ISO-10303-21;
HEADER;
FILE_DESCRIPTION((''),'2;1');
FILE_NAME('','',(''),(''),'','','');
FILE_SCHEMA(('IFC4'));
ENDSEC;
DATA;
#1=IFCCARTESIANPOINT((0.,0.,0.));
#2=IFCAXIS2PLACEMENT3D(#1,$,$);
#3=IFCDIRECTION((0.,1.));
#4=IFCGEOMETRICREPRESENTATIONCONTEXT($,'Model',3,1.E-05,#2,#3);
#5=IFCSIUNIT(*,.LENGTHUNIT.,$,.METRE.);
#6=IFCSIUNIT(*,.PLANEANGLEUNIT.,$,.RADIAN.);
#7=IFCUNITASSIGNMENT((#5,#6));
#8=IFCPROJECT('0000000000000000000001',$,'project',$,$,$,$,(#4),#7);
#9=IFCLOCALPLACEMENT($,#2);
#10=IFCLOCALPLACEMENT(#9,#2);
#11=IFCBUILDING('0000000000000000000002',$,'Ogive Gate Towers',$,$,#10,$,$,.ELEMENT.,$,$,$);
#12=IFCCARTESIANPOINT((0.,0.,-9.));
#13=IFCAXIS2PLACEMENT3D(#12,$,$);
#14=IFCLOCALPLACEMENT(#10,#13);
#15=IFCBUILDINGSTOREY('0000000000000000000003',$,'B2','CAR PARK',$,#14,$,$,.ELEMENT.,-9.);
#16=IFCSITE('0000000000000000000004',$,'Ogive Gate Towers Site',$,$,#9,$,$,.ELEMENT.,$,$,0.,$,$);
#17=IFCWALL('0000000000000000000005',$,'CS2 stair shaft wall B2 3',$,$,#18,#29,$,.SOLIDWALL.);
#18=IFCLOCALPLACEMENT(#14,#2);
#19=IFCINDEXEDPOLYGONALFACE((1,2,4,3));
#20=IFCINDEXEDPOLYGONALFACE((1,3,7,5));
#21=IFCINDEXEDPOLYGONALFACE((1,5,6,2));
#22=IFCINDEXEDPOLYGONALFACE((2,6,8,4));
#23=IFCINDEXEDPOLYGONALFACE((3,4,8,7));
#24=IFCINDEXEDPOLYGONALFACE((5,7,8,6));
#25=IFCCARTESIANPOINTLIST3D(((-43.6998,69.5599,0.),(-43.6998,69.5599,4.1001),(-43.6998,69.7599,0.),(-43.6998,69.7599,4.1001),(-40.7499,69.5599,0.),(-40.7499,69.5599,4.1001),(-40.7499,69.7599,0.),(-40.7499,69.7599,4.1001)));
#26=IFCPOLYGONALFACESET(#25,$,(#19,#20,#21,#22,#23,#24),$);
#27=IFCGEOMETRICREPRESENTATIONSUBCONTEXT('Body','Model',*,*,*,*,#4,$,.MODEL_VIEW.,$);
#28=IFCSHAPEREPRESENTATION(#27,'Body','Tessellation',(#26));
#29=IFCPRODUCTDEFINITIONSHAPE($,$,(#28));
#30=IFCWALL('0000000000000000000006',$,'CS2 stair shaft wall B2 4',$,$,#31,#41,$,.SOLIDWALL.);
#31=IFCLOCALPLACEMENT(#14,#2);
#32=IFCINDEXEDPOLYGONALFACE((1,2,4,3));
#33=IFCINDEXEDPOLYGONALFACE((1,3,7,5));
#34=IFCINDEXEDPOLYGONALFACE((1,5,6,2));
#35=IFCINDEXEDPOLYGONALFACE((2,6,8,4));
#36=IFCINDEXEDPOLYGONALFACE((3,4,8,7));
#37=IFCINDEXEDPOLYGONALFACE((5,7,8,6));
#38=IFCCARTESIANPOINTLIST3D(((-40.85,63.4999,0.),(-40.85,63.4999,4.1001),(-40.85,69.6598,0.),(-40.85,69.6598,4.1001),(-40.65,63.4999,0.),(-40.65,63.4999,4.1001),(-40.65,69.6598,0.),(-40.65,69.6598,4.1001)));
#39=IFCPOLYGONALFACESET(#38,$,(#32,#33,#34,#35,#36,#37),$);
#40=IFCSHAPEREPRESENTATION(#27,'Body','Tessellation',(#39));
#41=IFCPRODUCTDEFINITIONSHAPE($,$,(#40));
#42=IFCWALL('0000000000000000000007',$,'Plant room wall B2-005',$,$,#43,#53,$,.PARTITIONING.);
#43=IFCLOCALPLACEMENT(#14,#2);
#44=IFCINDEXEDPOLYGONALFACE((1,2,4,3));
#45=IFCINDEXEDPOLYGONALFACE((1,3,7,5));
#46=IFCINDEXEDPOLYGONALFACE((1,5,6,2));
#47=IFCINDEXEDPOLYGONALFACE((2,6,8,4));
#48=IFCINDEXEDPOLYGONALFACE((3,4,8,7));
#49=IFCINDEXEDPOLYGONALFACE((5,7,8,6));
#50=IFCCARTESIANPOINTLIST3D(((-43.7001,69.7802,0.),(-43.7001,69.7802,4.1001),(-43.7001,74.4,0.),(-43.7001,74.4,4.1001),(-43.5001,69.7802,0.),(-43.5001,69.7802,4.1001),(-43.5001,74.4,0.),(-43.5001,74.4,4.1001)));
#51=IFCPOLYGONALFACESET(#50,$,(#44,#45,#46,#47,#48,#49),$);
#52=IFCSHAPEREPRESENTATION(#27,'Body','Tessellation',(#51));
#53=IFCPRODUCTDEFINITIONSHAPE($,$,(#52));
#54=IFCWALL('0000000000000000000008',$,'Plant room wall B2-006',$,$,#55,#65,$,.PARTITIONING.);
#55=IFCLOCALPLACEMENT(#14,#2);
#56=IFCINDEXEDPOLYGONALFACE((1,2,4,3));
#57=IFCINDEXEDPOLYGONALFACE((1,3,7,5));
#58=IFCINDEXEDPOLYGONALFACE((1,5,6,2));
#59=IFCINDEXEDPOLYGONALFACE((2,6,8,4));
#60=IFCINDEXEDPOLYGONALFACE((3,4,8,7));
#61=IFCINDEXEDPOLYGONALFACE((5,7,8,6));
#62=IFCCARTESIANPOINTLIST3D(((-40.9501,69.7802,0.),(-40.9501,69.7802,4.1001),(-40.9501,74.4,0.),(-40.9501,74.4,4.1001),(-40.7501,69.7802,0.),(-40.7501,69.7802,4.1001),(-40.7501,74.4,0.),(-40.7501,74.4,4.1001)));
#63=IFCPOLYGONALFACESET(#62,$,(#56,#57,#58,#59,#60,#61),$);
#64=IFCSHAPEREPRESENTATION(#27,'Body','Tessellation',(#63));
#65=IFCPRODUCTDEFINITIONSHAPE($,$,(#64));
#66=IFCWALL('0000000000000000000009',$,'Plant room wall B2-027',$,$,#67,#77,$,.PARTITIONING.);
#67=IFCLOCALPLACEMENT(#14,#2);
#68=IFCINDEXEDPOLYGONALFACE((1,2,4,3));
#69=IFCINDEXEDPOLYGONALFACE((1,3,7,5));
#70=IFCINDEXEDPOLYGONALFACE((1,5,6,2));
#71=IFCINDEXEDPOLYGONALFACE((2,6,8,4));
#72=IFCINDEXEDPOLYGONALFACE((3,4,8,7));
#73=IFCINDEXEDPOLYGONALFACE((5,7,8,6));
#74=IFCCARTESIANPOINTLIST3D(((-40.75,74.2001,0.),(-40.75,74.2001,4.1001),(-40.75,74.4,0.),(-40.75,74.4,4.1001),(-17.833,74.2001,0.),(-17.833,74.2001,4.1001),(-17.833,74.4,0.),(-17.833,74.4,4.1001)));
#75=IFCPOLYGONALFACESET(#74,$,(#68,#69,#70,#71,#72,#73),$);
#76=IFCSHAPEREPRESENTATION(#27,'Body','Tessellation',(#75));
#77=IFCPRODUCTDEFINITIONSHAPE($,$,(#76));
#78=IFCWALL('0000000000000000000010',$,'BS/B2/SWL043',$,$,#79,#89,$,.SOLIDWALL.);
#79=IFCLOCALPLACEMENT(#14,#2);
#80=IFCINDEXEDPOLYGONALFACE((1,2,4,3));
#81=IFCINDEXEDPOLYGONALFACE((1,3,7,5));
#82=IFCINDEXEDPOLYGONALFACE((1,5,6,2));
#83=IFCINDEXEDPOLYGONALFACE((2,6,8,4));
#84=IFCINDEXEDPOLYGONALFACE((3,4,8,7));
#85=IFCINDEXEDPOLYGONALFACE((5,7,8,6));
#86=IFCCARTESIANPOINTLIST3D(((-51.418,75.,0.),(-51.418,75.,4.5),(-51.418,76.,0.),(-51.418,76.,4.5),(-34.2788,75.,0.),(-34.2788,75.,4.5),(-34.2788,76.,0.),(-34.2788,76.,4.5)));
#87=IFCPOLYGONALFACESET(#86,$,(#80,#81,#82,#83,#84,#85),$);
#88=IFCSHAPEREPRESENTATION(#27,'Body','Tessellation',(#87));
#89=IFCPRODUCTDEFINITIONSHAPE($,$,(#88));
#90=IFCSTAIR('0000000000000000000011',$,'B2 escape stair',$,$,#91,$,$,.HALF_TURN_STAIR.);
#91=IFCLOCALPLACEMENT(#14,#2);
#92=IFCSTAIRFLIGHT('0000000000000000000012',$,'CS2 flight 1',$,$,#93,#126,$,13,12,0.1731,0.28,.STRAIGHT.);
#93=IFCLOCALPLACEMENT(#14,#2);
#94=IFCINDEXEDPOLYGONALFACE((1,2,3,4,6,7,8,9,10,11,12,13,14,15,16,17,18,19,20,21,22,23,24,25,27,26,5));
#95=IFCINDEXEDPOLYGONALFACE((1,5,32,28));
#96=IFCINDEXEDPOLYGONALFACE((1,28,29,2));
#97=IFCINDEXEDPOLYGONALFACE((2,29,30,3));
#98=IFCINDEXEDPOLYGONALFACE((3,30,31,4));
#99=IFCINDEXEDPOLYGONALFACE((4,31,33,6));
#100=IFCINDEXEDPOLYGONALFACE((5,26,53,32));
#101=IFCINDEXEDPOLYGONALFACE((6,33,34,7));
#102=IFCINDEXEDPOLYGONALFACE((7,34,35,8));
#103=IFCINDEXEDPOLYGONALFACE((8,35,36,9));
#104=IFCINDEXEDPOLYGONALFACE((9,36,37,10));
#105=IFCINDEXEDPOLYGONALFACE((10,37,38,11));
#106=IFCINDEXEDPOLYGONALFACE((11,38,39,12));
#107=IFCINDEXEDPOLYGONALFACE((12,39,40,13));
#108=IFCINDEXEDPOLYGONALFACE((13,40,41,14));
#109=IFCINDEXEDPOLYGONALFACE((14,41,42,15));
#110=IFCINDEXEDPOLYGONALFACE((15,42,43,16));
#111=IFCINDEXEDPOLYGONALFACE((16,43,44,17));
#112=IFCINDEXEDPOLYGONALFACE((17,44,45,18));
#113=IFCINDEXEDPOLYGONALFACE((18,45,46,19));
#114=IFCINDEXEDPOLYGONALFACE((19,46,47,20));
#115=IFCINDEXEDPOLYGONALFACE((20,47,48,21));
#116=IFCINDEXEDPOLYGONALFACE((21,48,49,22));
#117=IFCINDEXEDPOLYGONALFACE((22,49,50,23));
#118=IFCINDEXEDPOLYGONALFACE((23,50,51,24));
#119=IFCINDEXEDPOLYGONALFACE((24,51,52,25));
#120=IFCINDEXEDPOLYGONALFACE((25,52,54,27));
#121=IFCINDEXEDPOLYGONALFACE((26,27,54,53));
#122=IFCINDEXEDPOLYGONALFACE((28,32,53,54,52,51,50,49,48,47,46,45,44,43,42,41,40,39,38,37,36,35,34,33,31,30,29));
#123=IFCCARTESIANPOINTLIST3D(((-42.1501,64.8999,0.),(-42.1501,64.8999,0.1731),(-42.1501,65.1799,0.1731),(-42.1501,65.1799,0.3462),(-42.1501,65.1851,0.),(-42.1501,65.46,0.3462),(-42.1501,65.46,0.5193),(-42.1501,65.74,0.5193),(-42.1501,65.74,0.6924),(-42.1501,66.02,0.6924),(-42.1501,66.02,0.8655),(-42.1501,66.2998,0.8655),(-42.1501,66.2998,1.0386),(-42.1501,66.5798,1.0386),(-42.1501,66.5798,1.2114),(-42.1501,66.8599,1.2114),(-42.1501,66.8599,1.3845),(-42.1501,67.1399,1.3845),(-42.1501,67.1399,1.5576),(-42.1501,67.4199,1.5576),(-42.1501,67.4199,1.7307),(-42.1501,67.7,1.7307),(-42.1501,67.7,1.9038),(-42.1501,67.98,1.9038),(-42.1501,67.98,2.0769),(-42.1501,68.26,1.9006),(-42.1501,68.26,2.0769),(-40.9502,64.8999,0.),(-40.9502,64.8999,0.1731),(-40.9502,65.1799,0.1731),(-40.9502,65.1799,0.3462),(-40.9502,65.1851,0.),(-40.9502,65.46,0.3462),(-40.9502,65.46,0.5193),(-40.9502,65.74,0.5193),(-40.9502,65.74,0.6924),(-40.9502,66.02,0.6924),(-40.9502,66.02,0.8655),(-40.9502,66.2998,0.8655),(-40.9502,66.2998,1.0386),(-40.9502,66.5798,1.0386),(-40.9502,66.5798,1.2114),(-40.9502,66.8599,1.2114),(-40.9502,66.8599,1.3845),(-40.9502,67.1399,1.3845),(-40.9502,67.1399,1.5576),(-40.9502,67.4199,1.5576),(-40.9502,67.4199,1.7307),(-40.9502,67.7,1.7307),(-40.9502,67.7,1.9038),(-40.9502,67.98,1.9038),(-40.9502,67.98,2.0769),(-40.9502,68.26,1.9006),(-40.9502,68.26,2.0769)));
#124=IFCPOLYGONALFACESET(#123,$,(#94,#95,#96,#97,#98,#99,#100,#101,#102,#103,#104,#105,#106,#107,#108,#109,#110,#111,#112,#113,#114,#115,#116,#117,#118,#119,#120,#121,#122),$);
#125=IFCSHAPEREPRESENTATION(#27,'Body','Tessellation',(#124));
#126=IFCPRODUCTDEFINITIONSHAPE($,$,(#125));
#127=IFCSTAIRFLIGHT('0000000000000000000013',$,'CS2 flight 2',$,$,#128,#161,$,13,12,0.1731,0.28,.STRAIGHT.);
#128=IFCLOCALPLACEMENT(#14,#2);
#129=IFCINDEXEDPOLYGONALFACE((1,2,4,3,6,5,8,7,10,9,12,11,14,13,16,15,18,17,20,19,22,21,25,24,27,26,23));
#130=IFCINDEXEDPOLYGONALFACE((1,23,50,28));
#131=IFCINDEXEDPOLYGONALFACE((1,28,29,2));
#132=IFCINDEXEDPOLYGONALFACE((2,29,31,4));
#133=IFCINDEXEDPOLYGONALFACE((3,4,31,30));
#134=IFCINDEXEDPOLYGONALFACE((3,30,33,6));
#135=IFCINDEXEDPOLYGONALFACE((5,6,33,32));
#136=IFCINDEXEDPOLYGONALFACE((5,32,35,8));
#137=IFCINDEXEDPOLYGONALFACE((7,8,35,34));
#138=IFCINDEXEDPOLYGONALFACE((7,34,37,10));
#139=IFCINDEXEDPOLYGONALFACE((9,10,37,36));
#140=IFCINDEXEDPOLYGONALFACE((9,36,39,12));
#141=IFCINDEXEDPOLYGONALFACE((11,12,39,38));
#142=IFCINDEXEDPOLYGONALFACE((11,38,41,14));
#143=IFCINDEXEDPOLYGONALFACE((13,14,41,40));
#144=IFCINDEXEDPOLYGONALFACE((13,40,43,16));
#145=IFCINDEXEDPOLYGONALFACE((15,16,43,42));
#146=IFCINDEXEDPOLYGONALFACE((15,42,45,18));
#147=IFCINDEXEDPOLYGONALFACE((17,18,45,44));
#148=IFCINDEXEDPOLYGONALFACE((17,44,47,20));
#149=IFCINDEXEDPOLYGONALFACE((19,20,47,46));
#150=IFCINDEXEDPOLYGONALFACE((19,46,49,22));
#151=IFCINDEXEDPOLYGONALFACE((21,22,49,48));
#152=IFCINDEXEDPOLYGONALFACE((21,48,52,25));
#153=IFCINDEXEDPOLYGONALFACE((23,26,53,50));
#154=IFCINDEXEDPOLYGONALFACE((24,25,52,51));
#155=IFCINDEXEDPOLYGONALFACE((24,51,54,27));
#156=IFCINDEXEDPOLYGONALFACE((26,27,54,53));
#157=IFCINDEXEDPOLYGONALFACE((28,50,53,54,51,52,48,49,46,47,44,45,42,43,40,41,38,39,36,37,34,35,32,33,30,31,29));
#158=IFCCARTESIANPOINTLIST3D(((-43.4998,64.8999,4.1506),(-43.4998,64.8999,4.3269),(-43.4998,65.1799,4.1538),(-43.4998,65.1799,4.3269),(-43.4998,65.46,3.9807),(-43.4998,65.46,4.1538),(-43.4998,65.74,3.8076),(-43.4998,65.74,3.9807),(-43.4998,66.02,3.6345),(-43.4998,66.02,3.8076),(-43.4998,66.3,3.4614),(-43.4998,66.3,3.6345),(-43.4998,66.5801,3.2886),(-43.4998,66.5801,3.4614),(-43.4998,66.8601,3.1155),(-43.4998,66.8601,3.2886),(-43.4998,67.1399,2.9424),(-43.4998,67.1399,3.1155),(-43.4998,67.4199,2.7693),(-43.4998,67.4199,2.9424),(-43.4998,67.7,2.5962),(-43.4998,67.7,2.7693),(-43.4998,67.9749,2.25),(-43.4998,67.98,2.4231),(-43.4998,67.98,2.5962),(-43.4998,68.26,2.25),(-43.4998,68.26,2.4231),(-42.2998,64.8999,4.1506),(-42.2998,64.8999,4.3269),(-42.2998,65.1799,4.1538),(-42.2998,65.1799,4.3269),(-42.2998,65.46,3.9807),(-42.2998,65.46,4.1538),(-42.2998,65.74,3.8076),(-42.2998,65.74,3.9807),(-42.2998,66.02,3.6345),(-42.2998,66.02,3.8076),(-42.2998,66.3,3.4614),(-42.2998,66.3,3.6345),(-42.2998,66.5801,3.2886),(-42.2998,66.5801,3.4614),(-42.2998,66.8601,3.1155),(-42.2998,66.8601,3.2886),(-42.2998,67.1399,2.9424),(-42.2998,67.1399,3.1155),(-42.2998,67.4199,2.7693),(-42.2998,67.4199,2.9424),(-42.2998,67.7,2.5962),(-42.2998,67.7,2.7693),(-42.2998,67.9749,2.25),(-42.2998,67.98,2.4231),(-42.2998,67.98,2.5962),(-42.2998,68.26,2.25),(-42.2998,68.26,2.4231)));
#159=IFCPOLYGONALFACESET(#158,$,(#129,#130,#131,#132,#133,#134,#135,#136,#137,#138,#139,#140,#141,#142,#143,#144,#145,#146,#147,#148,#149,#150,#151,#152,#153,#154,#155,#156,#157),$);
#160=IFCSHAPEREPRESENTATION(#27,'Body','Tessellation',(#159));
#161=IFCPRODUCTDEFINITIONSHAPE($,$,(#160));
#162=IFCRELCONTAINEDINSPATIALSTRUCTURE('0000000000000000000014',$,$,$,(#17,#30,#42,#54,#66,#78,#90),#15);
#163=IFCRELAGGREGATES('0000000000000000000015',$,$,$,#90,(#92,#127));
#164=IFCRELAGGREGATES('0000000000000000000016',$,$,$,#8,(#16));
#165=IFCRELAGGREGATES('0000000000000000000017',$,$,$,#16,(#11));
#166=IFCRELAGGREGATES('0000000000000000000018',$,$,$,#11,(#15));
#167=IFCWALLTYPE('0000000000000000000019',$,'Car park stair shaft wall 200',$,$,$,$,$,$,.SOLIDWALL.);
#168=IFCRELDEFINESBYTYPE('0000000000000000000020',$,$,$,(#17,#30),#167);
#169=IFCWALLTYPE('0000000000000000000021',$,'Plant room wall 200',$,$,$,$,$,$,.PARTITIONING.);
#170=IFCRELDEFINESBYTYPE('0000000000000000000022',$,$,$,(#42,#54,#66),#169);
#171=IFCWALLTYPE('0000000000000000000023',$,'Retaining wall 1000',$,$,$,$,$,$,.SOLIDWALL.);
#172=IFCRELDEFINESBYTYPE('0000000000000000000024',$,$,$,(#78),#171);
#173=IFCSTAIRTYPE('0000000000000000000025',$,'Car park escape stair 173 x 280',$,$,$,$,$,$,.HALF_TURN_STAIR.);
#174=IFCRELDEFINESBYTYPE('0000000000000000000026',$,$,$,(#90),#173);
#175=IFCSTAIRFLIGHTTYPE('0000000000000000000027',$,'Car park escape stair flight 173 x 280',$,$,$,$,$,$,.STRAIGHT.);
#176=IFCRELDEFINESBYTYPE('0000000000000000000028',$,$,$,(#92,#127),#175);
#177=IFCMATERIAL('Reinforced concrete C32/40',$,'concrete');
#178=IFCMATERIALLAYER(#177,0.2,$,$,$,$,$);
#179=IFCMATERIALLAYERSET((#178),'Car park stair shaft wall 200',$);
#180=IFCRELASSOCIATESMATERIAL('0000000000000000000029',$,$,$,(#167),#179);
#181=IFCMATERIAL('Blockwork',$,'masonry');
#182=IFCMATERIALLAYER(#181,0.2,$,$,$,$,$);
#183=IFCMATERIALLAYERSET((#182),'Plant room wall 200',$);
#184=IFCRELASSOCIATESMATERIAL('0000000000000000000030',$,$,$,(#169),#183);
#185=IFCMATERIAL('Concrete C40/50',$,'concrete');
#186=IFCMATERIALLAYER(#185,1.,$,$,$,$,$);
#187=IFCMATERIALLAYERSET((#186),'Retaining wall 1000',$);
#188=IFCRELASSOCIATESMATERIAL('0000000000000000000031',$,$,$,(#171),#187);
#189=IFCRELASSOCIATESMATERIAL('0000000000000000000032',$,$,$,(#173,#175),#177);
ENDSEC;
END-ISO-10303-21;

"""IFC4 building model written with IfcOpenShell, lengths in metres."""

from ifc_helpers import new_model, si_unit, direction, frame, frame_2d, origin, place, context, subcontext, project, spatial, polyline, rectangle, outline, extrude, material, layer, layer_set, type_object, element, aggregate, save


model = new_model("IFC4")

# Units and contexts
model_context = context("Model", 3, precision=1e-05, world=origin(), true_north=direction((0.0, 1.0)))
body_context = subcontext(model_context, "Body", "Model", "MODEL_VIEW")
ifc_project = project(units=[si_unit("LENGTHUNIT", "METRE"), si_unit("PLANEANGLEUNIT", "RADIAN")], contexts=[model_context])

# Site, building, storey
site_placement = place(None, origin())
site = spatial("IfcSite", under=ifc_project, at=site_placement, Name="Ogive Gate Towers Site", CompositionType="ELEMENT", RefElevation=0.0)
building_placement = place(site_placement, origin())
building = spatial("IfcBuilding", under=site, at=building_placement, Name="Ogive Gate Towers", CompositionType="ELEMENT")
storey_placement = place(building_placement, frame((0.0, 0.0, -9.0)))
storey = spatial("IfcBuildingStorey", under=building, at=storey_placement, Name="B2", Description="CAR PARK", CompositionType="ELEMENT", Elevation=-9.0)

# Shared definitions
ifc_material_1 = material(Name="Concrete C40/50", Category="concrete")

# Walls
ifc_material_2 = material(Name="Reinforced concrete C32/40", Category="concrete")
ifc_layer_1 = layer(ifc_material_2, 0.2)
ifc_layer_set_1 = layer_set([ifc_layer_1], Name="Car park stair shaft wall 200")
wall_type_1 = type_object("IfcWallType", Name="Car park stair shaft wall 200", PredefinedType="SOLIDWALL", material=ifc_layer_set_1)
wall_1_placement = place(storey_placement, frame((-43.7, 69.6599, 0.0), z_axis=(0.0, 0.0, 1.0), x_axis=(1.0, 0.0, 0.0)))
element("IfcWall", 1, at=wall_1_placement, inside=storey, type_object=wall_type_1, Name="CS2 stair shaft wall B2 3", PredefinedType="SOLIDWALL", context=body_context, shape_type="SweptSolid", body=[
    extrude(rectangle(XDim=2.95, YDim=0.2, at=frame_2d((1.4751, 0.0))), origin(), (0.0, 0.0, 1.0), 4.1001),
])
wall_2_placement = place(storey_placement, frame((-40.75, 69.6599, 0.0), z_axis=(0.0, 0.0, 1.0), x_axis=(0.0, -1.0, 0.0)))
element("IfcWall", 2, at=wall_2_placement, inside=storey, type_object=wall_type_1, Name="CS2 stair shaft wall B2 4", PredefinedType="SOLIDWALL", context=body_context, shape_type="SweptSolid", body=[
    extrude(rectangle(XDim=6.1599, YDim=0.2, at=frame_2d((3.0801, 0.0))), origin(), (0.0, 0.0, 1.0), 4.1001),
])
ifc_material_3 = material(Name="Blockwork", Category="masonry")
ifc_layer_2 = layer(ifc_material_3, 0.2)
ifc_layer_set_2 = layer_set([ifc_layer_2], Name="Plant room wall 200")
wall_type_2 = type_object("IfcWallType", Name="Plant room wall 200", PredefinedType="PARTITIONING", material=ifc_layer_set_2)
for number, where, z_axis, x_axis, name in (
    (3, (-43.6001, 69.78, 0.0), (0.0, 0.0, 1.0), (0.0, 1.0, 0.0), "Plant room wall B2-005"),
    (4, (-40.8501, 69.78, 0.0), (0.0, 0.0, 1.0), (0.0, 1.0, 0.0), "Plant room wall B2-006"),
):
    element("IfcWall", number, at=place(storey_placement, frame(where, z_axis=z_axis, x_axis=x_axis)), inside=storey, type_object=wall_type_2, Name=name, PredefinedType="PARTITIONING", context=body_context, shape_type="SweptSolid", body=[
        extrude(rectangle(XDim=4.6199, YDim=0.2, at=frame_2d((2.3101, 0.0))), origin(), (0.0, 0.0, 1.0), 4.1001),
    ])
wall_3_placement = place(storey_placement, frame((-40.75, 74.3, 0.0), z_axis=(0.0, 0.0, 1.0), x_axis=(1.0, 0.0, 0.0)))
element("IfcWall", 5, at=wall_3_placement, inside=storey, type_object=wall_type_2, Name="Plant room wall B2-027", PredefinedType="PARTITIONING", context=body_context, shape_type="SweptSolid", body=[
    extrude(rectangle(XDim=22.917, YDim=0.2, at=frame_2d((11.4585, 0.0))), origin(), (0.0, 0.0, 1.0), 4.1001),
])
ifc_layer_3 = layer(ifc_material_1, 1.0)
ifc_layer_set_3 = layer_set([ifc_layer_3], Name="Retaining wall 1000")
wall_type_3 = type_object("IfcWallType", Name="Retaining wall 1000", PredefinedType="SOLIDWALL", material=ifc_layer_set_3)
wall_4_placement = place(storey_placement, frame((-51.418, 75.5, 0.0), z_axis=(0.0, 0.0, 1.0), x_axis=(1.0, 0.0, 0.0)))
element("IfcWall", 6, at=wall_4_placement, inside=storey, type_object=wall_type_3, Name="BS/B2/SWL043", PredefinedType="SOLIDWALL", context=body_context, shape_type="SweptSolid", body=[
    extrude(rectangle(XDim=17.1392, YDim=1.0, at=frame_2d((8.5696, 0.0))), origin(), (0.0, 0.0, 1.0), 4.5),
])

# Stair, stair flights
stair_type = type_object("IfcStairType", Name="Car park escape stair 173 x 280", PredefinedType="HALF_TURN_STAIR", material=ifc_material_2)
stair_placement = place(storey_placement, origin())
stair = element("IfcStair", 7, at=stair_placement, inside=storey, type_object=stair_type, Name="B2 escape stair", PredefinedType="HALF_TURN_STAIR")
stair_flight_type = type_object("IfcStairFlightType", Name="Car park escape stair flight 173 x 280", PredefinedType="STRAIGHT", material=ifc_material_2)
stair_flight_1_placement = place(storey_placement, frame((-41.55, 64.8999, 0.0), z_axis=(0.0, 0.0, 1.0), x_axis=(0.0, 1.0, 0.0)))
stair_flight_1 = element("IfcStairFlight", 8, at=stair_flight_1_placement, type_object=stair_flight_type, Name="CS2 flight 1", NumberOfRisers=13, NumberOfTreads=12, PredefinedType="STRAIGHT", RiserHeight=0.1731, TreadLength=0.28, context=body_context, shape_type="SweptSolid", body=[
    extrude(outline(polyline([(0.0, 0.0), (0.0, 0.1731), (0.28, 0.1731), (0.28, 0.3462), (0.5601, 0.3462), (0.5601, 0.5193), (0.8401, 0.5193), (0.8401, 0.6924), (1.1201, 0.6924), (1.1201, 0.8655), (1.3999, 0.8655), (1.3999, 1.0386), (1.6799, 1.0386), (1.6799, 1.2114), (1.96, 1.2114), (1.96, 1.3845), (2.24, 1.3845), (2.24, 1.5576), (2.52, 1.5576), (2.52, 1.7307), (2.8, 1.7307), (2.8, 1.9038), (3.0801, 1.9038), (3.0801, 2.0769), (3.3601, 2.0769), (3.3601, 2.25), (3.3601, 1.9006), (0.2852, 0.0), (0.0, 0.0)])), frame((0.0, 0.6001, 0.0), z_axis=(0.0, -1.0, 0.0), x_axis=(1.0, 0.0, 0.0)), (0.0, 0.0, 1.0), 1.2),
])
stair_flight_2_placement = place(storey_placement, frame((-42.8999, 68.26, 2.25), z_axis=(0.0, 0.0, 1.0), x_axis=(0.0, -1.0, 0.0)))
stair_flight_2 = element("IfcStairFlight", 9, at=stair_flight_2_placement, type_object=stair_flight_type, Name="CS2 flight 2", NumberOfRisers=13, NumberOfTreads=12, PredefinedType="STRAIGHT", RiserHeight=0.1731, TreadLength=0.28, context=body_context, shape_type="SweptSolid", body=[
    extrude(outline(polyline([(0.0, 0.0), (0.0, 0.1731), (0.28, 0.1731), (0.28, 0.3462), (0.5601, 0.3462), (0.5601, 0.5193), (0.8401, 0.5193), (0.8401, 0.6924), (1.1201, 0.6924), (1.1201, 0.8655), (1.3999, 0.8655), (1.3999, 1.0386), (1.6799, 1.0386), (1.6799, 1.2114), (1.96, 1.2114), (1.96, 1.3845), (2.24, 1.3845), (2.24, 1.5576), (2.52, 1.5576), (2.52, 1.7307), (2.8, 1.7307), (2.8, 1.9038), (3.0801, 1.9038), (3.0801, 2.0769), (3.3601, 2.0769), (3.3601, 2.25), (3.3601, 1.9006), (0.2852, 0.0), (0.0, 0.0)])), frame((0.0, 0.6001, 0.0), z_axis=(0.0, -1.0, 0.0), x_axis=(1.0, 0.0, 0.0)), (0.0, 0.0, 1.0), 1.2),
])
aggregate(stair, [stair_flight_1, stair_flight_2])

save(model, "model.ifc")
